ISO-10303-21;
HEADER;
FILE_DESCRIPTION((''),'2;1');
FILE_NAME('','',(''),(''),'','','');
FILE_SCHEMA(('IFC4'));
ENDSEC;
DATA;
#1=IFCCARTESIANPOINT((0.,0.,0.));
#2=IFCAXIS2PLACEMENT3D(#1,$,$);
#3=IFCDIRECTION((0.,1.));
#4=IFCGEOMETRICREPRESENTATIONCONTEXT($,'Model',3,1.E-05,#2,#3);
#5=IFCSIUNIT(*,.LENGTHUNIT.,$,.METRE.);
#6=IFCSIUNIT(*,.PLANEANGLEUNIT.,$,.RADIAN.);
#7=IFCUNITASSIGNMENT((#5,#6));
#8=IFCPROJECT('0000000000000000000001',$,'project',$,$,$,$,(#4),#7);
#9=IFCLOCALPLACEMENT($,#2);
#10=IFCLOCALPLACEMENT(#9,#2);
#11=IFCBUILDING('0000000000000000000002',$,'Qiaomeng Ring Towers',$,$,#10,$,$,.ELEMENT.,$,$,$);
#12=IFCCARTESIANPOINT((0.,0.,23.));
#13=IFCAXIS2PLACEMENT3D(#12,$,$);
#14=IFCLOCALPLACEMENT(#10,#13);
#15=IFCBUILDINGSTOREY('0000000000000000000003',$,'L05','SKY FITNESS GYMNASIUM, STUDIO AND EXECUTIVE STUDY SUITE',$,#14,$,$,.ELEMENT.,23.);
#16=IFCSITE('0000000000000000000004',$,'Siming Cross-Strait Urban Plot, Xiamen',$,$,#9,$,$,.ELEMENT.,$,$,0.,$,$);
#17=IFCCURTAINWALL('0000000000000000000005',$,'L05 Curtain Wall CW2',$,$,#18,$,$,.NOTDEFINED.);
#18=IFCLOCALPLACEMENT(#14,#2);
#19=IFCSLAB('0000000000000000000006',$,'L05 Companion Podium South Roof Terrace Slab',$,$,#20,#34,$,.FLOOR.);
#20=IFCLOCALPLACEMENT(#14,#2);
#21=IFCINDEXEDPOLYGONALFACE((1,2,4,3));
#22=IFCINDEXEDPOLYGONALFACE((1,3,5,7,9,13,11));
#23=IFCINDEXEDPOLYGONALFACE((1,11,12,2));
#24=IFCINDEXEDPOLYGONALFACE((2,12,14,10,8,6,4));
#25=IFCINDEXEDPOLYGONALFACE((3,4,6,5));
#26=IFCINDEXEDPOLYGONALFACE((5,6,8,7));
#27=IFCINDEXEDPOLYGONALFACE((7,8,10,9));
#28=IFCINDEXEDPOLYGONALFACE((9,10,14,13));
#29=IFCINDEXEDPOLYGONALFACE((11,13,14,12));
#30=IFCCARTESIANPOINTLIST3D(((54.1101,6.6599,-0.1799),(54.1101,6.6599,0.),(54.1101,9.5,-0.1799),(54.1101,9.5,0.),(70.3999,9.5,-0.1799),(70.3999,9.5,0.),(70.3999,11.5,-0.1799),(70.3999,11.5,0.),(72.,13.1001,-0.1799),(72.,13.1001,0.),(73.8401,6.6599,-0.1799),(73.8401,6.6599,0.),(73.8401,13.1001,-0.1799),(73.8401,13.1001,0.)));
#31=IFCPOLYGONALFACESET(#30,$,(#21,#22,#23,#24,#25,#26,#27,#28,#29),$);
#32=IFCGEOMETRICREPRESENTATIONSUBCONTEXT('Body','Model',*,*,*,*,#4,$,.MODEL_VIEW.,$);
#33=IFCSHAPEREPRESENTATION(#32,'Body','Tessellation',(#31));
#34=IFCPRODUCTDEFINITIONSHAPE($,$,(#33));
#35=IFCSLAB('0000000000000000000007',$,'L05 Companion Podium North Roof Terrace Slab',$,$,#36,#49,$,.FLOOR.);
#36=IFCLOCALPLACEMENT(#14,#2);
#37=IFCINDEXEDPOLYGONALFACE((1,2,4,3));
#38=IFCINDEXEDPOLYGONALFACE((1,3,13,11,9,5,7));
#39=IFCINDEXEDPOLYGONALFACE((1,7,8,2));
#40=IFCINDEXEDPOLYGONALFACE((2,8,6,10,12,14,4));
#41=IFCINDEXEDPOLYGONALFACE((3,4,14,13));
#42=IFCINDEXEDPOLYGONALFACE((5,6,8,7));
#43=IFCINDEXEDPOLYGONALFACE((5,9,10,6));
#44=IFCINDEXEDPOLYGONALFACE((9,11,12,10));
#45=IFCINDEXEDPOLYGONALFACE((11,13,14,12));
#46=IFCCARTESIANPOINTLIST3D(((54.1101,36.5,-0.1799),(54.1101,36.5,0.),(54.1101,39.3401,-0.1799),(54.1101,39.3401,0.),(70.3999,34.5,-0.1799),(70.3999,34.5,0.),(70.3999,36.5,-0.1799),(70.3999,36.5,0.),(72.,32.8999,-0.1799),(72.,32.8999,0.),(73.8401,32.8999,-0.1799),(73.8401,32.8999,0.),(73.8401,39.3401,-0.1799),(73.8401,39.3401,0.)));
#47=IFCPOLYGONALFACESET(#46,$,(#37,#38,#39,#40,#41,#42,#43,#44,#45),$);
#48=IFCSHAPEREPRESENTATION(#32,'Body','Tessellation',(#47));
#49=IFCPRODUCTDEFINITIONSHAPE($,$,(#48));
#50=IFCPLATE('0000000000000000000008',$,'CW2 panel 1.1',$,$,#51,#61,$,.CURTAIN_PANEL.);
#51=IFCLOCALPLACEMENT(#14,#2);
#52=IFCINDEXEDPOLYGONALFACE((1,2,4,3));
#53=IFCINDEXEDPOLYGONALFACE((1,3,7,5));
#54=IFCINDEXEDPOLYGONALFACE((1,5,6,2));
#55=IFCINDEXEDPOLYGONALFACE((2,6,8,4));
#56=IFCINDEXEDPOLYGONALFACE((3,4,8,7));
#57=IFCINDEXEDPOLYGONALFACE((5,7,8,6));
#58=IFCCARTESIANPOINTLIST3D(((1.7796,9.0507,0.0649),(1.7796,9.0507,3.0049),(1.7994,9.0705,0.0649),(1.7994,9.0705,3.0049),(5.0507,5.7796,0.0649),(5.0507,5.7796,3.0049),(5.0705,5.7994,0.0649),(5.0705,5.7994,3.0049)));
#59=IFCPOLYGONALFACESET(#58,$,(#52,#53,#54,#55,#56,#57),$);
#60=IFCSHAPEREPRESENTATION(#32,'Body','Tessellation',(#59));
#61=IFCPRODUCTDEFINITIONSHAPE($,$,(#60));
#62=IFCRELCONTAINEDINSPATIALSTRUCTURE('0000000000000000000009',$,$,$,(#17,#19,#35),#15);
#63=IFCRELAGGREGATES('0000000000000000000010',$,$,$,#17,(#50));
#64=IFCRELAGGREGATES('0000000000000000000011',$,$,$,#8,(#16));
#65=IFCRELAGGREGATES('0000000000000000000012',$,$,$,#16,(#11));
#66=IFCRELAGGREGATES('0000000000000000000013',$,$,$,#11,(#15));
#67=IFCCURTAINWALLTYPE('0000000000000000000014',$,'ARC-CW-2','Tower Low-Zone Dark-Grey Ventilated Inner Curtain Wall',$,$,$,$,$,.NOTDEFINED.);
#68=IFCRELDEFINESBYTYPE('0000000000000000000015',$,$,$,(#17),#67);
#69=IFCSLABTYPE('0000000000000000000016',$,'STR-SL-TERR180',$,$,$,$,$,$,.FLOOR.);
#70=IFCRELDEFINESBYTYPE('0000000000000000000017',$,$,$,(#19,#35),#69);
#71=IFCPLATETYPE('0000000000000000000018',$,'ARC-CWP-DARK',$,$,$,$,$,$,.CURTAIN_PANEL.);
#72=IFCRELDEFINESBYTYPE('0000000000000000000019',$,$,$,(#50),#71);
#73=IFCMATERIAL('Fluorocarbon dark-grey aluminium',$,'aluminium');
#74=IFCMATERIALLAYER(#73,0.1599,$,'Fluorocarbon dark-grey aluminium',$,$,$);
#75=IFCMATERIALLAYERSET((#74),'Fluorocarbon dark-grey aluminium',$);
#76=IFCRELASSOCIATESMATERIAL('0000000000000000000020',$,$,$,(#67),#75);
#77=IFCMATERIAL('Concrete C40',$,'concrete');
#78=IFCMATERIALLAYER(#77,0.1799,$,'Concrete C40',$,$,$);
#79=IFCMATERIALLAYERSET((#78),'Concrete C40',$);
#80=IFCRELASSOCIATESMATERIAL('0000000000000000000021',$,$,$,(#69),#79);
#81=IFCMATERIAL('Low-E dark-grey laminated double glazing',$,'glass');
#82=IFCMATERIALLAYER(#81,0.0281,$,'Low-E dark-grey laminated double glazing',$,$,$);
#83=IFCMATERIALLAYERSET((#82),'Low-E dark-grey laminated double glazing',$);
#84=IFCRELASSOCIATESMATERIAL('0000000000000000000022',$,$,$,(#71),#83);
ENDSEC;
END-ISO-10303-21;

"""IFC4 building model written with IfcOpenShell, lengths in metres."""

from ifc_helpers import new_model, si_unit, direction, frame, origin, origin_2d, place, context, subcontext, project, spatial, polyline, rectangle, outline, extrude, source, transform, mapped, material, layer, layer_set, type_object, element, aggregate, save


model = new_model("IFC4")

# Units and contexts
model_context = context("Model", 3, precision=1e-05, world=origin(), true_north=direction((0.0, 1.0)))
body_context = subcontext(model_context, "Body", "Model", "MODEL_VIEW")
ifc_project = project(units=[si_unit("LENGTHUNIT", "METRE"), si_unit("PLANEANGLEUNIT", "RADIAN")], contexts=[model_context])

# Site, building, storey
site_placement = place(None, origin())
site = spatial("IfcSite", under=ifc_project, at=site_placement, Name="Siming Cross-Strait Urban Plot, Xiamen", CompositionType="ELEMENT", RefElevation=0.0)
building_placement = place(site_placement, origin())
building = spatial("IfcBuilding", under=site, at=building_placement, Name="Qiaomeng Ring Towers", CompositionType="ELEMENT")
storey_placement = place(building_placement, frame((0.0, 0.0, 23.0)))
storey = spatial("IfcBuildingStorey", under=building, at=storey_placement, Name="L05", Description="SKY FITNESS GYMNASIUM, STUDIO AND EXECUTIVE STUDY SUITE", CompositionType="ELEMENT", Elevation=23.0)

# Curtain wall
ifc_material_1 = material(Name="Fluorocarbon dark-grey aluminium", Category="aluminium")
ifc_layer_1 = layer(ifc_material_1, 0.1599, Name="Fluorocarbon dark-grey aluminium")
ifc_layer_set_1 = layer_set([ifc_layer_1], Name="Fluorocarbon dark-grey aluminium")
curtain_wall_type = type_object("IfcCurtainWallType", Name="ARC-CW-2", Description="Tower Low-Zone Dark-Grey Ventilated Inner Curtain Wall", PredefinedType="NOTDEFINED", material=ifc_layer_set_1)
curtain_wall_placement = place(storey_placement, origin())
curtain_wall = element("IfcCurtainWall", 1, at=curtain_wall_placement, inside=storey, type_object=curtain_wall_type, Name="L05 Curtain Wall CW2", PredefinedType="NOTDEFINED")

# Slabs
ifc_material_2 = material(Name="Concrete C40", Category="concrete")
ifc_layer_2 = layer(ifc_material_2, 0.1799, Name="Concrete C40")
ifc_layer_set_2 = layer_set([ifc_layer_2], Name="Concrete C40")
slab_type = type_object("IfcSlabType", Name="STR-SL-TERR180", PredefinedType="FLOOR", material=ifc_layer_set_2)
slab_1_placement = place(storey_placement, frame((0.0, 0.0, -0.1799)))
element("IfcSlab", 2, at=slab_1_placement, inside=storey, type_object=slab_type, Name="L05 Companion Podium South Roof Terrace Slab", PredefinedType="FLOOR", context=body_context, shape_type="SweptSolid", body=[
    extrude(outline(polyline([(73.8401, 6.6599), (73.8401, 13.1001), (72.0, 13.1001), (70.3999, 11.5), (70.3999, 9.5), (54.1101, 9.5), (54.1101, 6.6599), (73.8401, 6.6599)])), origin(), (0.0, 0.0, 1.0), 0.1799),
])
slab_2_placement = place(storey_placement, frame((0.0, 0.0, -0.1799)))
element("IfcSlab", 3, at=slab_2_placement, inside=storey, type_object=slab_type, Name="L05 Companion Podium North Roof Terrace Slab", PredefinedType="FLOOR", context=body_context, shape_type="SweptSolid", body=[
    extrude(outline(polyline([(54.1101, 39.3401), (54.1101, 36.5), (70.3999, 36.5), (70.3999, 34.5), (72.0, 32.8999), (73.8401, 32.8999), (73.8401, 39.3401), (54.1101, 39.3401)])), origin(), (0.0, 0.0, 1.0), 0.1799),
])

# Plate
ifc_material_3 = material(Name="Low-E dark-grey laminated double glazing", Category="glass")
ifc_layer_3 = layer(ifc_material_3, 0.0281, Name="Low-E dark-grey laminated double glazing")
ifc_layer_set_3 = layer_set([ifc_layer_3], Name="Low-E dark-grey laminated double glazing")
plate_type = type_object("IfcPlateType", Name="ARC-CWP-DARK", PredefinedType="CURTAIN_PANEL", material=ifc_layer_set_3)
shared_shape_1 = source(origin(), body_context, "Body", "SweptSolid", [
    extrude(rectangle(XDim=4.626, YDim=0.0281, at=origin_2d()), origin(), (0.0, 0.0, 1.0), 2.9399),
])
plate_placement = place(storey_placement, frame((3.425, 7.425, 0.0649), z_axis=(0.0, 0.0, 1.0), x_axis=(0.707107, -0.707107, 0.0)))
plate = element("IfcPlate", 4, at=plate_placement, type_object=plate_type, Name="CW2 panel 1.1", PredefinedType="CURTAIN_PANEL", context=body_context, shape_type="MappedRepresentation", body=[
    mapped(shared_shape_1, transform((0.0, 0.0, 0.0), x_axis=(1.0, 0.0, 0.0), y_axis=(0.0, 1.0, 0.0), z_axis=(0.0, 0.0, 1.0), scale=1.0)),
])
aggregate(curtain_wall, [plate])

save(model, "model.ifc")
